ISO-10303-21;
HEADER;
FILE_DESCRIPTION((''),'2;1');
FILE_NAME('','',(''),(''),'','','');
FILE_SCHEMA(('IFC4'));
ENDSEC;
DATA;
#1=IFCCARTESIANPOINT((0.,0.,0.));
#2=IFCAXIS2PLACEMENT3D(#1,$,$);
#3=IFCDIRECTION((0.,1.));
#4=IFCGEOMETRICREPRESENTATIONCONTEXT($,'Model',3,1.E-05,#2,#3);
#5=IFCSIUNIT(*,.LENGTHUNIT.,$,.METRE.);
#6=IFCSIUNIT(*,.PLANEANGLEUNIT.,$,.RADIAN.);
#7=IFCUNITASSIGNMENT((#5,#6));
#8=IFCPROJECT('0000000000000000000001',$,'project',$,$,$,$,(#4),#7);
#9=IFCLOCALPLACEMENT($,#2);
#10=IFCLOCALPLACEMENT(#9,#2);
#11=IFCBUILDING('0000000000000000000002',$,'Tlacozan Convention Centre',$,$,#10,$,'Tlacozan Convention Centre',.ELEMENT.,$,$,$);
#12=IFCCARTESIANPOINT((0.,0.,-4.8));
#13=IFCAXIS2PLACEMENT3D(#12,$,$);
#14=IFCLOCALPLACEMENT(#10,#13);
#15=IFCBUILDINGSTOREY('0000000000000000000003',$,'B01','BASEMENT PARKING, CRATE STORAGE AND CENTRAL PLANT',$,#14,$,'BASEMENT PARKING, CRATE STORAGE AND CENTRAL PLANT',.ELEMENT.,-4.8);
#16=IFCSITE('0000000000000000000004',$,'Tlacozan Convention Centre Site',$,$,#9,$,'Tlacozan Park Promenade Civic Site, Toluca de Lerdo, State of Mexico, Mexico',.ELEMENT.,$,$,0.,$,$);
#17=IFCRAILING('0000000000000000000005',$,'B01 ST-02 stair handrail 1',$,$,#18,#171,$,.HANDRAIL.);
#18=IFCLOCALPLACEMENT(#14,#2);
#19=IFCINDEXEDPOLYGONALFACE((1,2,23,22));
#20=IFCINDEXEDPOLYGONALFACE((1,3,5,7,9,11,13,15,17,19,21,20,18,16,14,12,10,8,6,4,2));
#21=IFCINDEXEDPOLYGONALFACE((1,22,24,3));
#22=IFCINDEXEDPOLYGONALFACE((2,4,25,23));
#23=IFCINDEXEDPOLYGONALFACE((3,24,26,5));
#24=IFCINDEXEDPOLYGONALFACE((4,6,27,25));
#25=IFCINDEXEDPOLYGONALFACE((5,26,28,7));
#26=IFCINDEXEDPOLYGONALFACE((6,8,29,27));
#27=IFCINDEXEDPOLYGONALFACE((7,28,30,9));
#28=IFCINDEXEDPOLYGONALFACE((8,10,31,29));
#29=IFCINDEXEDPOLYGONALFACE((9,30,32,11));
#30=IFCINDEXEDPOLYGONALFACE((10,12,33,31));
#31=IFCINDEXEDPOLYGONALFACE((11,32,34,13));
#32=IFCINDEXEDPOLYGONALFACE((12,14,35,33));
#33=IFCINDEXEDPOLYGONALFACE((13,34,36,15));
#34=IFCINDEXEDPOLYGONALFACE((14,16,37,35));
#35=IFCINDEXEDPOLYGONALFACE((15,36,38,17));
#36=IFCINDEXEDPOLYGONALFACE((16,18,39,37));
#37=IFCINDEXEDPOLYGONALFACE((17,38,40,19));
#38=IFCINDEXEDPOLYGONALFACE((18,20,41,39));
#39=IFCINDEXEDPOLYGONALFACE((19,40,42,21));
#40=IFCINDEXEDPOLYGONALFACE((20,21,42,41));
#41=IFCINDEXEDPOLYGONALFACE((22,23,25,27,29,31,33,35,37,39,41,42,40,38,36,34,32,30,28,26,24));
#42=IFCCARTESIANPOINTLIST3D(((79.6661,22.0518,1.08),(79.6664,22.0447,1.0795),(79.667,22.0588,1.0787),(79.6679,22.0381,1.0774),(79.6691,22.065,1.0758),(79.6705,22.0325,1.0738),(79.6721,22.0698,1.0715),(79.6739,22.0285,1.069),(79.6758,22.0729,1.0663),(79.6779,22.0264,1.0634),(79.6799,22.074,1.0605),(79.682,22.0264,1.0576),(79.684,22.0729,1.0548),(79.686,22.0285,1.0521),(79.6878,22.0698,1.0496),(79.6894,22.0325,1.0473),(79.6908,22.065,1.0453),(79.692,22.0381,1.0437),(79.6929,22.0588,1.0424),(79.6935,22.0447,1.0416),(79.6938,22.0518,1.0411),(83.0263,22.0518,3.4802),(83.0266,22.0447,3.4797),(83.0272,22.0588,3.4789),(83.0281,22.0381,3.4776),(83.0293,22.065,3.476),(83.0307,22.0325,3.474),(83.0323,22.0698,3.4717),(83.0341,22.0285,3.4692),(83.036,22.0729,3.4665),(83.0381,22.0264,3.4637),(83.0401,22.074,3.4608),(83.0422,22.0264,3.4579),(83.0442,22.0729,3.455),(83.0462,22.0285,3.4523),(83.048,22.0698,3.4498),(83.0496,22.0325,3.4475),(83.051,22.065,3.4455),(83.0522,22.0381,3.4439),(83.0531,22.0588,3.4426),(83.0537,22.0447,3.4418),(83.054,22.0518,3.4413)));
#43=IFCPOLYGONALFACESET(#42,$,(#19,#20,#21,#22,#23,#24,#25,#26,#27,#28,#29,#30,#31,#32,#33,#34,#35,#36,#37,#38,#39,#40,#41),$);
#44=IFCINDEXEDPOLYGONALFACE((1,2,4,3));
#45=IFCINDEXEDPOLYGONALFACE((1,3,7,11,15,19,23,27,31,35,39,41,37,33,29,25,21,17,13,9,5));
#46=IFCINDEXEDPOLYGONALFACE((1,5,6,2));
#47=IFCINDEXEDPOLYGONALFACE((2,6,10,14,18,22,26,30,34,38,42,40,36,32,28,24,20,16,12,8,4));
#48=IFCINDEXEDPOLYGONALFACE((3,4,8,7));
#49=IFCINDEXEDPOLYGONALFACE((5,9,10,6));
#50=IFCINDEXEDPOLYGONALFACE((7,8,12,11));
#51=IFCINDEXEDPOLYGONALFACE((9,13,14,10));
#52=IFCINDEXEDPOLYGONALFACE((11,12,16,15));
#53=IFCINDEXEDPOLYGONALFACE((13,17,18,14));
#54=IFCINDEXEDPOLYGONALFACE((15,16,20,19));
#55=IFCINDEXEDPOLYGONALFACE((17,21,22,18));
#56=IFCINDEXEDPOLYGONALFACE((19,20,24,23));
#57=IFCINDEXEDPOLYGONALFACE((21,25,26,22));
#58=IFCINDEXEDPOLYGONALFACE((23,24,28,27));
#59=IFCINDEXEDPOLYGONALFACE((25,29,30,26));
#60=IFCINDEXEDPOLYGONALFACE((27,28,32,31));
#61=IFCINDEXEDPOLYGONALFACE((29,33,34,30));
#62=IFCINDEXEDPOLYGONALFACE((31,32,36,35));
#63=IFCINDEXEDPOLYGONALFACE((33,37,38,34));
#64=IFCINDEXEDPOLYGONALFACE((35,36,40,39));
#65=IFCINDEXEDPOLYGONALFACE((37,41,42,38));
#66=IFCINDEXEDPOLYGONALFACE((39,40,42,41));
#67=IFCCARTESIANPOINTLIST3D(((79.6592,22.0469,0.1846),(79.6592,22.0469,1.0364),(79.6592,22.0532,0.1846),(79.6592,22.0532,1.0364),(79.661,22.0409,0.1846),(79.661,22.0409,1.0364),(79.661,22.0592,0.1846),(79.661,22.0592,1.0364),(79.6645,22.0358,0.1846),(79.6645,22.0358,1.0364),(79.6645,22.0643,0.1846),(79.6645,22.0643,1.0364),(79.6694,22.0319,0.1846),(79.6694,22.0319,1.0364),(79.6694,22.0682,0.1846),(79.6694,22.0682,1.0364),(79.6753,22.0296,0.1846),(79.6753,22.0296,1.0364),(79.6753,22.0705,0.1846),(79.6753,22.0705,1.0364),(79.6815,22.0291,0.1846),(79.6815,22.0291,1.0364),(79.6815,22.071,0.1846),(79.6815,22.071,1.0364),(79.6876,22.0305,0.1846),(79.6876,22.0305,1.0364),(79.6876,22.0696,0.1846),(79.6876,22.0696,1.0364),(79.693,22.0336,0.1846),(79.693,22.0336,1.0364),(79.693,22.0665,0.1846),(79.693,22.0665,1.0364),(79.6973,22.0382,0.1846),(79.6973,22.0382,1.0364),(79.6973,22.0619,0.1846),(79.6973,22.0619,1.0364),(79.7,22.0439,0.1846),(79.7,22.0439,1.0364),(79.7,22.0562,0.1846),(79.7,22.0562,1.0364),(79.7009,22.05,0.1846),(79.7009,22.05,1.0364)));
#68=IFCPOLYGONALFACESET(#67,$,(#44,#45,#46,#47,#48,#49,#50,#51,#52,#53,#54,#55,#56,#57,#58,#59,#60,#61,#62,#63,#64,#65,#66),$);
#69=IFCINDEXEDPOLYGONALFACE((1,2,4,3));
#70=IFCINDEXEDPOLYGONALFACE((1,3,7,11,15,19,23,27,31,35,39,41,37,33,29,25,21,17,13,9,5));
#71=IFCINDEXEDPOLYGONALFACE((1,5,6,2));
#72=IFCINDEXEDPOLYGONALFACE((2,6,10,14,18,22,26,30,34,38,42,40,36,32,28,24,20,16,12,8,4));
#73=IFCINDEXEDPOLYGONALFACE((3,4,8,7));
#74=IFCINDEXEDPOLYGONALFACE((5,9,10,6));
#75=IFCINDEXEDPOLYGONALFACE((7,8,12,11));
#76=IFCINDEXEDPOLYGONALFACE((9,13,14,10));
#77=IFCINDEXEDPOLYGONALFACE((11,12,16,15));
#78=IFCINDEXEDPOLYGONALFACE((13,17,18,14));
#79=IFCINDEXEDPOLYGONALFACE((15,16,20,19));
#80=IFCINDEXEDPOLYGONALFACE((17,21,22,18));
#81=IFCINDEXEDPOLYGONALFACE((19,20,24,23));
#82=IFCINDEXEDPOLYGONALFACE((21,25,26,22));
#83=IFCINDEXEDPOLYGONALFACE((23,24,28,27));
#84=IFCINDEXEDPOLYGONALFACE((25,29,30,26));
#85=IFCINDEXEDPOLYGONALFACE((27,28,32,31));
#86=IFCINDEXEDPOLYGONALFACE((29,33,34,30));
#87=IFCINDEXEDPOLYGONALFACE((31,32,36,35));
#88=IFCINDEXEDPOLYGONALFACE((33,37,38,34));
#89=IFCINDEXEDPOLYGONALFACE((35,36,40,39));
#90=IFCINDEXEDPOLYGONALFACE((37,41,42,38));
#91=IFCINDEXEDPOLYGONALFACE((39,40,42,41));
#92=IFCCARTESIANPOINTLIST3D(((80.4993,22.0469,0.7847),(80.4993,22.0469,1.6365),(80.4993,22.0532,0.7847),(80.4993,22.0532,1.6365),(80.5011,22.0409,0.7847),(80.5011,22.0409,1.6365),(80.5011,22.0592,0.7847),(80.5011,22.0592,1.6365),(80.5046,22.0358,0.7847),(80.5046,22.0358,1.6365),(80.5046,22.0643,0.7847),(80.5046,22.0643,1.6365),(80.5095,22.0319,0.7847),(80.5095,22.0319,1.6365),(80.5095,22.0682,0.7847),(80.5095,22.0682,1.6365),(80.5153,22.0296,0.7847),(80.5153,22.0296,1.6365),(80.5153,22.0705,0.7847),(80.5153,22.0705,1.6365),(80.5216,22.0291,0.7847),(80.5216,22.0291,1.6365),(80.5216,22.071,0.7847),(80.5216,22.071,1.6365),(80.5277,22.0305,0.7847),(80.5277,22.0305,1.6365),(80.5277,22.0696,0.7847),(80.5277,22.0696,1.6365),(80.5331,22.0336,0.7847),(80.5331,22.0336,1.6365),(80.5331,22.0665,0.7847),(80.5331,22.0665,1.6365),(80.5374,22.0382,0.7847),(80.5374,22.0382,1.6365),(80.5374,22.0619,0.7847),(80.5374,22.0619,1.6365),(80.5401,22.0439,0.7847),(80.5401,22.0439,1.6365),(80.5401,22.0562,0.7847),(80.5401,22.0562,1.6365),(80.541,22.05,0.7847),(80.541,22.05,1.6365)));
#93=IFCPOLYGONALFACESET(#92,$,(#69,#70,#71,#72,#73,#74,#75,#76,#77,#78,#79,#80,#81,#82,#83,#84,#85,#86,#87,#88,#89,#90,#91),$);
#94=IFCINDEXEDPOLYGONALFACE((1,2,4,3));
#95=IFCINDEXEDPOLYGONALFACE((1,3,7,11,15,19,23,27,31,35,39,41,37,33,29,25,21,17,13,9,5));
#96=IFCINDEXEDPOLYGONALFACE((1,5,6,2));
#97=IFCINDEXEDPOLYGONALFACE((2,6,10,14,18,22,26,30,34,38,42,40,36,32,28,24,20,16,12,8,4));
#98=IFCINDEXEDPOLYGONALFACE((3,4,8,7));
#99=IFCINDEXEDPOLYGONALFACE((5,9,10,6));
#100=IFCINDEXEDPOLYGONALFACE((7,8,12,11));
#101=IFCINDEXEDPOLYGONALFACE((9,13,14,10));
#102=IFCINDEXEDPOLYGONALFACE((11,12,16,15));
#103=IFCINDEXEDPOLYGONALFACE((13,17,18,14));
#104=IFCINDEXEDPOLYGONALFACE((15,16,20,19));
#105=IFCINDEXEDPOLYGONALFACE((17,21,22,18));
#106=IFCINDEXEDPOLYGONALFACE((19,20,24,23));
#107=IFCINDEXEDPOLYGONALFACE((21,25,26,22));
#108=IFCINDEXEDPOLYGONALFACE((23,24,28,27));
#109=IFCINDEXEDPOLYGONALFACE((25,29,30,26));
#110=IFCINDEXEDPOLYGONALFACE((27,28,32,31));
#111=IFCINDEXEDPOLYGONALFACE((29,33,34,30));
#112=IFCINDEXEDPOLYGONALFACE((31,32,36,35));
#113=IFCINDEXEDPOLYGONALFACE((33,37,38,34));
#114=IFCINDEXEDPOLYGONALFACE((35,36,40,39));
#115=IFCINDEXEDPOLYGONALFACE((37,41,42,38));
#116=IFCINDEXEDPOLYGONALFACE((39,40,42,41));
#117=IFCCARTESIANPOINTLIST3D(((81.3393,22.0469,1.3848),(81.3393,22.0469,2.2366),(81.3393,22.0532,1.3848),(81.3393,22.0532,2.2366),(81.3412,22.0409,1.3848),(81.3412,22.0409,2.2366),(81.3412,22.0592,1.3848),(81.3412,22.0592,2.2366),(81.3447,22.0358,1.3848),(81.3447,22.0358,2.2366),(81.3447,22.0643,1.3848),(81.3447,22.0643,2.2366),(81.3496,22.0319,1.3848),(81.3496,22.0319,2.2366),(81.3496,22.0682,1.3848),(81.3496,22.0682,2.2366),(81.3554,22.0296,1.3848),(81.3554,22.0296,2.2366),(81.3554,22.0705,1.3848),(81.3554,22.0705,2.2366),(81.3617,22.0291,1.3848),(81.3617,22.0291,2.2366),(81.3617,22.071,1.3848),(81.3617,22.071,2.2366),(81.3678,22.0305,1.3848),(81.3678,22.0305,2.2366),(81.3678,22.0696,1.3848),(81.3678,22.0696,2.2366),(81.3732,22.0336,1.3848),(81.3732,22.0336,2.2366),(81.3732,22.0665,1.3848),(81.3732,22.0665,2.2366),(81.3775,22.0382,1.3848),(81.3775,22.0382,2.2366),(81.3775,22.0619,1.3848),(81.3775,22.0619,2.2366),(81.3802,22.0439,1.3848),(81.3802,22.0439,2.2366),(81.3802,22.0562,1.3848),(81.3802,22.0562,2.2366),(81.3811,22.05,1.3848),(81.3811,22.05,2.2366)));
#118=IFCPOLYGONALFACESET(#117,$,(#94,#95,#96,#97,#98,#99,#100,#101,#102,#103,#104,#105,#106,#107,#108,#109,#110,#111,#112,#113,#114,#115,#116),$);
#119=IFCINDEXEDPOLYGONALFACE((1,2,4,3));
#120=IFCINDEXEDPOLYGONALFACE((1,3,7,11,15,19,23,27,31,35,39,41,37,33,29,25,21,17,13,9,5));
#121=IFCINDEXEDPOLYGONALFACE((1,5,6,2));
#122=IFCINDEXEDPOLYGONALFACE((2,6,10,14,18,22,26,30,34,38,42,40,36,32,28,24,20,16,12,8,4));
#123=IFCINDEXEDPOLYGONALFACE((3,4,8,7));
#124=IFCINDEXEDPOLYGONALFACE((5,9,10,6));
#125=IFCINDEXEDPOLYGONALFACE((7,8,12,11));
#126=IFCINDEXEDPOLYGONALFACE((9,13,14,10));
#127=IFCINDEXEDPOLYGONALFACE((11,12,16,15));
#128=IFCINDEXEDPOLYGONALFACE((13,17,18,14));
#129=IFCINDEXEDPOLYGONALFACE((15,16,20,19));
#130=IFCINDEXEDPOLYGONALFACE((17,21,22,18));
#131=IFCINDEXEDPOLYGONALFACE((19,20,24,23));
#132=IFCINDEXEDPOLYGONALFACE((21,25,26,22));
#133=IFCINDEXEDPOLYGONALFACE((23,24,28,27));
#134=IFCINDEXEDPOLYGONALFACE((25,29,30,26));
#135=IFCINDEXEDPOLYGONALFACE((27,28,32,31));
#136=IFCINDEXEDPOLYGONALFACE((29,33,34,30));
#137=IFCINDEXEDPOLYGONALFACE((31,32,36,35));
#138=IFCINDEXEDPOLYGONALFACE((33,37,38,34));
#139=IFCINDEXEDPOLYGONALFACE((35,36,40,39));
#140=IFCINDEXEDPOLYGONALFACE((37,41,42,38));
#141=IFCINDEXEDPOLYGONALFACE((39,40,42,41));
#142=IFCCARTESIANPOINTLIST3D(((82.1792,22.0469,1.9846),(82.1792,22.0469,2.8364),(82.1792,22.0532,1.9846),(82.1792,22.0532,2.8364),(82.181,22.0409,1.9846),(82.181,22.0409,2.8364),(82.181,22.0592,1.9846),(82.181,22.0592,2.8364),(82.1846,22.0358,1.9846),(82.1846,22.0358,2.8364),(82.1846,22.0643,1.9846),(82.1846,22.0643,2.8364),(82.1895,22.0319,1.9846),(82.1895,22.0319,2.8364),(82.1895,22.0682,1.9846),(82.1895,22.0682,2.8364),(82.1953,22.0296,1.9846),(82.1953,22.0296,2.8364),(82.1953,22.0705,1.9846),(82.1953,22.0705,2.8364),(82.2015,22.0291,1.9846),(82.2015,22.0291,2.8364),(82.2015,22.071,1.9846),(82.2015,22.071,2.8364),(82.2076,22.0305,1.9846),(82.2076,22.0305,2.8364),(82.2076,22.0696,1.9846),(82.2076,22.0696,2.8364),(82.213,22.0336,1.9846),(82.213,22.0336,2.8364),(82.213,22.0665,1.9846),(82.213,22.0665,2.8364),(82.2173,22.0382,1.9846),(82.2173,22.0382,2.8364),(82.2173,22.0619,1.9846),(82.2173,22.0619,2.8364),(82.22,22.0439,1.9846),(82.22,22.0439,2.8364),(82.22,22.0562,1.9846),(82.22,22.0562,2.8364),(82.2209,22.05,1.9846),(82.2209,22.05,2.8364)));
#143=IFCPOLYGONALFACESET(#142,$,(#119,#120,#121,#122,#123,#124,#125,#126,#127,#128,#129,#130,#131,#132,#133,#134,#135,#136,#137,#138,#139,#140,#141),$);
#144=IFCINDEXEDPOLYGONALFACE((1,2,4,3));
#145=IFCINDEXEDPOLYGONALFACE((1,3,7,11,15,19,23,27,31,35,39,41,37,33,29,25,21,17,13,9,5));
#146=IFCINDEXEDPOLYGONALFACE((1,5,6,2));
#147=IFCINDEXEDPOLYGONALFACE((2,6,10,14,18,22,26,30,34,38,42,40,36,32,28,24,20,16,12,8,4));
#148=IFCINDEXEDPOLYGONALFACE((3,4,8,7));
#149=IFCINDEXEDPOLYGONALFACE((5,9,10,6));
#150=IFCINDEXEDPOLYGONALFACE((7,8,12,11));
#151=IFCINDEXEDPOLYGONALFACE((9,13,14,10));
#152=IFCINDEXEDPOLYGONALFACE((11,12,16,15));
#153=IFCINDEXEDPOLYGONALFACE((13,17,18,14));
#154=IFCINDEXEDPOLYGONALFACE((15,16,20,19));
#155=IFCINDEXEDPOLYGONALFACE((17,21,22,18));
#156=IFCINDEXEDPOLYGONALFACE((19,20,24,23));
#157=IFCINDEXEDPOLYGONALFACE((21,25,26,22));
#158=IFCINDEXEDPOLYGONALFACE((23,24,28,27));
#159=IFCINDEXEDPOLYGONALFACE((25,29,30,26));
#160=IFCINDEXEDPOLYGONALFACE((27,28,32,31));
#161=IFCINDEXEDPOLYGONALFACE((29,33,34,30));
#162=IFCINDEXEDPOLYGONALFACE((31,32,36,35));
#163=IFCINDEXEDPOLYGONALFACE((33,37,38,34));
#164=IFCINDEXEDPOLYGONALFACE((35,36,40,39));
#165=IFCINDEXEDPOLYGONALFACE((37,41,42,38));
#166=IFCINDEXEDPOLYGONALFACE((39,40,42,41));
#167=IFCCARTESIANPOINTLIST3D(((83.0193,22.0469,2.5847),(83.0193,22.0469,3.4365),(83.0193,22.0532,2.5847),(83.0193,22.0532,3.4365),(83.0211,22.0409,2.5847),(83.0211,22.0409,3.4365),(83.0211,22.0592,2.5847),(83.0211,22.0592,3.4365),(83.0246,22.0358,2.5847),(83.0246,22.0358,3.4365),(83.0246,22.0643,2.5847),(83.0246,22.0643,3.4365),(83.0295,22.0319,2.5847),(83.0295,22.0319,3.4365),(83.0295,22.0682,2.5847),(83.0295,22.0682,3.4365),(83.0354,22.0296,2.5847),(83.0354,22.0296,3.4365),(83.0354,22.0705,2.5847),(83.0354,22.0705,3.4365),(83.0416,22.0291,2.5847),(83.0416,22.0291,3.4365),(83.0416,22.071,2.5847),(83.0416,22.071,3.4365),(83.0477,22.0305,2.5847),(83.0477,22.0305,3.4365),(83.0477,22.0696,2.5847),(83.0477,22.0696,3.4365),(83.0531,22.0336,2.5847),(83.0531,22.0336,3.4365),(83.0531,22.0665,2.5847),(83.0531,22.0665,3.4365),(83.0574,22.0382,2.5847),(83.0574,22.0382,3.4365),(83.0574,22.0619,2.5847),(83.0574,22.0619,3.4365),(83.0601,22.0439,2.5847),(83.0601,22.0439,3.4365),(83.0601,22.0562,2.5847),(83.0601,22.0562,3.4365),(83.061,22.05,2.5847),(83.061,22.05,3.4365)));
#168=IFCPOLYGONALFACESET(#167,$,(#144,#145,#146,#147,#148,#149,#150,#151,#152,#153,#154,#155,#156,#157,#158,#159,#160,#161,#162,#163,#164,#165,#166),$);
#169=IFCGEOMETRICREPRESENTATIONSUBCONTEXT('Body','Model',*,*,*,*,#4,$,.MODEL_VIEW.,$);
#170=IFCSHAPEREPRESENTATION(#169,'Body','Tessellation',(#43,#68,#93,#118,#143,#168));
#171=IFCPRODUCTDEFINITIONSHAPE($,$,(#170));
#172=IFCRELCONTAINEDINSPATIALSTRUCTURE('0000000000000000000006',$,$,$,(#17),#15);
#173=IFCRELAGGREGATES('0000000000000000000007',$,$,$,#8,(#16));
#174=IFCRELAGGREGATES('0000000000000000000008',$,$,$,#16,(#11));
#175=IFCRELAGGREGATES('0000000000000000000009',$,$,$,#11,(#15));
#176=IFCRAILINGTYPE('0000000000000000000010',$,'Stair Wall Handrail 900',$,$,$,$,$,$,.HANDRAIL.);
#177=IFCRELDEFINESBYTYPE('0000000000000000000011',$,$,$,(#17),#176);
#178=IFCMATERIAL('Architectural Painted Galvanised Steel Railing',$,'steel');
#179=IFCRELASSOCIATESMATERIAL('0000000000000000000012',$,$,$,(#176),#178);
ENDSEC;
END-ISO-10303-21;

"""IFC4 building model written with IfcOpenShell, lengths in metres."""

from ifc_helpers import new_model, si_unit, direction, frame, origin, origin_2d, place, context, subcontext, project, spatial, circle, extrude, material, type_object, element, save


model = new_model("IFC4")

# Units and contexts
model_context = context("Model", 3, precision=1e-05, world=origin(), true_north=direction((0.0, 1.0)))
body_context = subcontext(model_context, "Body", "Model", "MODEL_VIEW")
ifc_project = project(units=[si_unit("LENGTHUNIT", "METRE"), si_unit("PLANEANGLEUNIT", "RADIAN")], contexts=[model_context])

# Site, building, storey
site_placement = place(None, origin())
site = spatial("IfcSite", under=ifc_project, at=site_placement, Name="Tlacozan Convention Centre Site", LongName="Tlacozan Park Promenade Civic Site, Toluca de Lerdo, State of Mexico, Mexico", CompositionType="ELEMENT", RefElevation=0.0)
building_placement = place(site_placement, origin())
building = spatial("IfcBuilding", under=site, at=building_placement, Name="Tlacozan Convention Centre", LongName="Tlacozan Convention Centre", CompositionType="ELEMENT")
storey_placement = place(building_placement, frame((0.0, 0.0, -4.8)))
storey = spatial("IfcBuildingStorey", under=building, at=storey_placement, Name="B01", Description="BASEMENT PARKING, CRATE STORAGE AND CENTRAL PLANT", LongName="BASEMENT PARKING, CRATE STORAGE AND CENTRAL PLANT", CompositionType="ELEMENT", Elevation=-4.8)

# Railing
ifc_material_1 = material(Name="Architectural Painted Galvanised Steel Railing", Category="steel")
railing_type_1 = type_object("IfcRailingType", Name="Stair Wall Handrail 900", PredefinedType="HANDRAIL", material=ifc_material_1)
railing_1_placement = place(storey_placement, frame((79.6799, 22.05, 0.1846)))
element("IfcRailing", 1, at=railing_1_placement, inside=storey, type_object=railing_type_1, Name="B01 ST-02 stair handrail 1", PredefinedType="HANDRAIL", context=body_context, shape_type="SweptSolid", body=[
    extrude(circle(Radius=0.0239, at=origin_2d()), frame((0.0, 0.0, 0.876), z_axis=(0.813725, 0.0, 0.581249), x_axis=(0.0, 1.0, 0.0)), (0.0, 0.0, 1.0), 4.1294),
    extrude(circle(Radius=0.021, at=origin_2d()), origin(), (0.0, 0.0, 1.0), 0.8518),
    extrude(circle(Radius=0.021, at=origin_2d()), frame((0.8401, 0.0, 0.6001)), (0.0, 0.0, 1.0), 0.8518),
    extrude(circle(Radius=0.021, at=origin_2d()), frame((1.6802, 0.0, 1.2002)), (0.0, 0.0, 1.0), 0.8518),
    extrude(circle(Radius=0.021, at=origin_2d()), frame((2.52, 0.0, 1.8)), (0.0, 0.0, 1.0), 0.8518),
    extrude(circle(Radius=0.021, at=origin_2d()), frame((3.3601, 0.0, 2.4001)), (0.0, 0.0, 1.0), 0.8518),
])

save(model, "model.ifc")
